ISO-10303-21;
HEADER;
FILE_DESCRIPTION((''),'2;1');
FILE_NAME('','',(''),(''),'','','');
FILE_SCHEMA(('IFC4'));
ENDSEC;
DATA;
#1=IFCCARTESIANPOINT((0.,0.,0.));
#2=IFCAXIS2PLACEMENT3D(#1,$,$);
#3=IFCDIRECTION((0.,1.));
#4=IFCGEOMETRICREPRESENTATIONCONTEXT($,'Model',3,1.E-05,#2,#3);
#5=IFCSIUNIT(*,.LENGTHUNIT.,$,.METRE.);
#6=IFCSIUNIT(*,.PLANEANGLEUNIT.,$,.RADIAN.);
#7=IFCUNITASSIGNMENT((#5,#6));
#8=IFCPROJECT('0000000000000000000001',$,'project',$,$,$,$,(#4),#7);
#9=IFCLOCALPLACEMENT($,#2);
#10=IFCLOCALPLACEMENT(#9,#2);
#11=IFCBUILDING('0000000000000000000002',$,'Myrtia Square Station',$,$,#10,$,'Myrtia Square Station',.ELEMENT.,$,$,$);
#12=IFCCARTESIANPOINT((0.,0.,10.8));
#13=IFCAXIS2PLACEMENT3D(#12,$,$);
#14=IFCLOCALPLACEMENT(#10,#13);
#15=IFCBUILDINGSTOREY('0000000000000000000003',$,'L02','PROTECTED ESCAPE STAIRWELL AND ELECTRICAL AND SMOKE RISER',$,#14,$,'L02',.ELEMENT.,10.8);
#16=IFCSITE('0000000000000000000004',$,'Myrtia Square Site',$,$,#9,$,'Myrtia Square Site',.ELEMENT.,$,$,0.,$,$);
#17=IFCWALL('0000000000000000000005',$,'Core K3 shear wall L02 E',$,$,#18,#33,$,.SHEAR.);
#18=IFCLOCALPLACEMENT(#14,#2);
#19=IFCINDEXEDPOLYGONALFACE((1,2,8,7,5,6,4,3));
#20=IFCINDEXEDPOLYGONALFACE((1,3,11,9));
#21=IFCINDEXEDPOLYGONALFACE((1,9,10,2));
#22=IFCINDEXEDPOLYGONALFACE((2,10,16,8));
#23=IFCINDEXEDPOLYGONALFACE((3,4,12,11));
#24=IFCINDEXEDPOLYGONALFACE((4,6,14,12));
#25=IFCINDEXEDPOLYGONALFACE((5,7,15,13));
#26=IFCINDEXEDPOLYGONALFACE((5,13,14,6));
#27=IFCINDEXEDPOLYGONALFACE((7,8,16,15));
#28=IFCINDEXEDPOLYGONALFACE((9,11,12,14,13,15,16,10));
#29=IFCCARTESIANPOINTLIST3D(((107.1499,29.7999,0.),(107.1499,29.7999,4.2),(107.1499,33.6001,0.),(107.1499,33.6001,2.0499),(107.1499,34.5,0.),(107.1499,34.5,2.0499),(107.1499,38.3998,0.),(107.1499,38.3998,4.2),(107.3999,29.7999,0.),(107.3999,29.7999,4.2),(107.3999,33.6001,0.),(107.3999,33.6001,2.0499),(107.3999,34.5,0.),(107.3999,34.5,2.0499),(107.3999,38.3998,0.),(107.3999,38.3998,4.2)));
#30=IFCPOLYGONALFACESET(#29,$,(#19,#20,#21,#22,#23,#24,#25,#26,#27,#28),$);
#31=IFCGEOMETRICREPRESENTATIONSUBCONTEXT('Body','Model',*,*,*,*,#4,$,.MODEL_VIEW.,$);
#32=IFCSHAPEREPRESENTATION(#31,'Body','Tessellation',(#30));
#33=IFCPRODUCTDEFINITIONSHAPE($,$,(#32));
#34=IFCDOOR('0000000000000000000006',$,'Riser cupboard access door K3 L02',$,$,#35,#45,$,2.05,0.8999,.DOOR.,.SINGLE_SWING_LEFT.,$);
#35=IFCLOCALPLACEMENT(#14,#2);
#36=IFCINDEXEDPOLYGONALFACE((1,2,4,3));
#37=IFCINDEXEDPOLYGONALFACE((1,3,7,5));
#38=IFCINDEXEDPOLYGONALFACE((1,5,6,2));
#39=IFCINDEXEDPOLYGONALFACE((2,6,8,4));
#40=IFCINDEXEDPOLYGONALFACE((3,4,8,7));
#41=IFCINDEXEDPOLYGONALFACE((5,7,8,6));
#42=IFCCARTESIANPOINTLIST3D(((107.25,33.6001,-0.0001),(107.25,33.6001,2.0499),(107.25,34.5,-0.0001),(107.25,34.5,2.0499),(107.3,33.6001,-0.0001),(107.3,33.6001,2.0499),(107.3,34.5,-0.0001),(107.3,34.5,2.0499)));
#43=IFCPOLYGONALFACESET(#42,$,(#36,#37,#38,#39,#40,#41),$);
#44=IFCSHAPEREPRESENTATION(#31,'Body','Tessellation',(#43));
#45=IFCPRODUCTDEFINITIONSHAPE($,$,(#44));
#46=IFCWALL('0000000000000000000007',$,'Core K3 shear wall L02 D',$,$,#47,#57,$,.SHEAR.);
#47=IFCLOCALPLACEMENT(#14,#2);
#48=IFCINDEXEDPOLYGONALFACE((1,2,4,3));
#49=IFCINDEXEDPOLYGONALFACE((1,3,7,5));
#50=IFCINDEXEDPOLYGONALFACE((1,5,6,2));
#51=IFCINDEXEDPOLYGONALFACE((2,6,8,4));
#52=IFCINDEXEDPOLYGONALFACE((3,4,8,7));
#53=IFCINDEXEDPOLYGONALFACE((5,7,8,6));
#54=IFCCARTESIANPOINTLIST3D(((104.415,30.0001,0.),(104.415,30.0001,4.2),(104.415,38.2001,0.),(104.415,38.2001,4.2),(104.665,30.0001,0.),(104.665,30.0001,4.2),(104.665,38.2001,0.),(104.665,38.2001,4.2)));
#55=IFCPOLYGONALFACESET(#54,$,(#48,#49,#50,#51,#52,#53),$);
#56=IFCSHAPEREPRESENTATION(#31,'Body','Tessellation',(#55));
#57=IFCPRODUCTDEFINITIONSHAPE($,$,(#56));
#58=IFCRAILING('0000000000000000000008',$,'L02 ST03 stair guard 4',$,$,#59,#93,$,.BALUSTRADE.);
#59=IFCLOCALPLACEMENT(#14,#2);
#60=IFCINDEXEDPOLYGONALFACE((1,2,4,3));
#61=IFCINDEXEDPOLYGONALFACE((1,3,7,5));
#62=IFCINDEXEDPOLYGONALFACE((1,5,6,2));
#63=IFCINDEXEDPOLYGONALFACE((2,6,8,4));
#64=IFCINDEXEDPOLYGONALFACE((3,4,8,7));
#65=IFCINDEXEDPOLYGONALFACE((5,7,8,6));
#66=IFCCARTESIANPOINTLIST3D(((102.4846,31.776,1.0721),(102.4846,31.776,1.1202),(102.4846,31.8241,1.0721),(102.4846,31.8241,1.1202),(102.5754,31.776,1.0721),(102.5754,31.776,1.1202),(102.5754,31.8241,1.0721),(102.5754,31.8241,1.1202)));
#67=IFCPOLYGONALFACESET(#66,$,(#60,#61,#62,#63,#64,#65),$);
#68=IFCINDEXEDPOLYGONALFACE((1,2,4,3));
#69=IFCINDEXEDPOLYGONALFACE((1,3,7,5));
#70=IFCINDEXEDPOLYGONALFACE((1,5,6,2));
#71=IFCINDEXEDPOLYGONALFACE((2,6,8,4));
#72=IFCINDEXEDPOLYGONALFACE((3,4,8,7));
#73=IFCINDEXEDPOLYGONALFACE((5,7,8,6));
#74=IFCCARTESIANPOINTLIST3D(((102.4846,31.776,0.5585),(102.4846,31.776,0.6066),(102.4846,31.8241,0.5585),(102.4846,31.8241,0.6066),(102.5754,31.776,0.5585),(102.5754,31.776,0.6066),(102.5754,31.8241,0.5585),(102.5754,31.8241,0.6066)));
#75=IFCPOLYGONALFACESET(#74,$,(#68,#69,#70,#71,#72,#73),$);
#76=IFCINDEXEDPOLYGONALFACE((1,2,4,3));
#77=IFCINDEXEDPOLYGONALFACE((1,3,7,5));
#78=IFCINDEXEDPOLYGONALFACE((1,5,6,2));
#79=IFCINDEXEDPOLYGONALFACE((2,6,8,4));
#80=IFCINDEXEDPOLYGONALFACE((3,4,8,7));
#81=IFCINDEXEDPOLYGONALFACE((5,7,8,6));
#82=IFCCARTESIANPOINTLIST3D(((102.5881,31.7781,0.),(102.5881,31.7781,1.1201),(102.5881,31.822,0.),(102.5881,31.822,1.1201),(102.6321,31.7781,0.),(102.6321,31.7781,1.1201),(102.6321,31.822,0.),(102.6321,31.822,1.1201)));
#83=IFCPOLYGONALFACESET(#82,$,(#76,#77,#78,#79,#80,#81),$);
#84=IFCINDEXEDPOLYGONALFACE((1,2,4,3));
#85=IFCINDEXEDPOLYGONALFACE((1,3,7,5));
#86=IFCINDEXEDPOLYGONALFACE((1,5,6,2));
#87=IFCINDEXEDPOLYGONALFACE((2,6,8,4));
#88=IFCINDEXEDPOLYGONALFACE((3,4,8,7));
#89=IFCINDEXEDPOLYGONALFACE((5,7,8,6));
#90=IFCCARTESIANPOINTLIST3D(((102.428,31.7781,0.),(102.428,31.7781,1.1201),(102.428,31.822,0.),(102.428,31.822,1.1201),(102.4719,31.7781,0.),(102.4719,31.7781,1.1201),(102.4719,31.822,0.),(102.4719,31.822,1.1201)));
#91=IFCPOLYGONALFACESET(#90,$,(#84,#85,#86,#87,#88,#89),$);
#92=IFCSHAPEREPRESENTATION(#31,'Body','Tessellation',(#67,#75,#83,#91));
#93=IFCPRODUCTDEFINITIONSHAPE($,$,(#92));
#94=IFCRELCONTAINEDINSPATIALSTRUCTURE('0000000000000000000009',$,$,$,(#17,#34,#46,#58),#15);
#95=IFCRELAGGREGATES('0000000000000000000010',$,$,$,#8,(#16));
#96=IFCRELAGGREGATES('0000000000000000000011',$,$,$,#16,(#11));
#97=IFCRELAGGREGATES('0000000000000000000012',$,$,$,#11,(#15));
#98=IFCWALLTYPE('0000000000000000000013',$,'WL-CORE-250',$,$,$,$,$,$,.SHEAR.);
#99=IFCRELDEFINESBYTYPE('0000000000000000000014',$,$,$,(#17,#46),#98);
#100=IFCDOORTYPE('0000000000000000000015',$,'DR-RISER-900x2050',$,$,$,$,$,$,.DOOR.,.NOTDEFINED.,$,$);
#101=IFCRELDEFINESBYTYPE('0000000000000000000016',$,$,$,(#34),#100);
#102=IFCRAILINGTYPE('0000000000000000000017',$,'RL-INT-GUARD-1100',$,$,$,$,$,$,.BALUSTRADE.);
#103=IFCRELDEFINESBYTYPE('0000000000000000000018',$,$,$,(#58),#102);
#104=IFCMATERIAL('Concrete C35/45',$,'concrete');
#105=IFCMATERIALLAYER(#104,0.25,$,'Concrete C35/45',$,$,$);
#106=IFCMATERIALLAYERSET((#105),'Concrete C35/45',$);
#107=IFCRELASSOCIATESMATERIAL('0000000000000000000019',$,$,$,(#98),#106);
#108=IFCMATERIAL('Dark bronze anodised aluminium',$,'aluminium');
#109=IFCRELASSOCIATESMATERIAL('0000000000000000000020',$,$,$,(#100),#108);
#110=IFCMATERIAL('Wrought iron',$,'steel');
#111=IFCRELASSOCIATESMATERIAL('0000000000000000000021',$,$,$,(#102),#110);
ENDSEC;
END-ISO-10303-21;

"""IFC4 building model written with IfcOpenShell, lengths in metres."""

from ifc_helpers import new_model, si_unit, direction, frame, frame_2d, origin, origin_2d, place, context, subcontext, project, spatial, rectangle, extrude, material, layer, layer_set, type_object, element, fill, save


model = new_model("IFC4")

# Units and contexts
model_context = context("Model", 3, precision=1e-05, world=origin(), true_north=direction((0.0, 1.0)))
body_context = subcontext(model_context, "Body", "Model", "MODEL_VIEW")
ifc_project = project(units=[si_unit("LENGTHUNIT", "METRE"), si_unit("PLANEANGLEUNIT", "RADIAN")], contexts=[model_context])

# Site, building, storey
site_placement = place(None, origin())
site = spatial("IfcSite", under=ifc_project, at=site_placement, Name="Myrtia Square Site", LongName="Myrtia Square Site", CompositionType="ELEMENT", RefElevation=0.0)
building_placement = place(site_placement, origin())
building = spatial("IfcBuilding", under=site, at=building_placement, Name="Myrtia Square Station", LongName="Myrtia Square Station", CompositionType="ELEMENT")
storey_placement = place(building_placement, frame((0.0, 0.0, 10.8)))
storey = spatial("IfcBuildingStorey", under=building, at=storey_placement, Name="L02", Description="PROTECTED ESCAPE STAIRWELL AND ELECTRICAL AND SMOKE RISER", LongName="L02", CompositionType="ELEMENT", Elevation=10.8)

# Shared definitions
ifc_material_1 = material(Name="Dark bronze anodised aluminium", Category="aluminium")

# Wall, opening, door
ifc_material_2 = material(Name="Concrete C35/45", Category="concrete")
ifc_layer_1 = layer(ifc_material_2, 0.25, Name="Concrete C35/45")
ifc_layer_set_1 = layer_set([ifc_layer_1], Name="Concrete C35/45")
wall_type = type_object("IfcWallType", Name="WL-CORE-250", PredefinedType="SHEAR", material=ifc_layer_set_1)
wall_1_placement = place(storey_placement, frame((107.2749, 29.8, 0.0), z_axis=(0.0, 0.0, 1.0), x_axis=(0.0, 1.0, 0.0)))
wall_1 = element("IfcWall", 1, at=wall_1_placement, inside=storey, type_object=wall_type, Name="Core K3 shear wall L02 E", PredefinedType="SHEAR", context=body_context, shape_type="SweptSolid", body=[
    extrude(rectangle(XDim=8.5999, YDim=0.25, at=frame_2d((4.2998, 0.0))), origin(), (0.0, 0.0, 1.0), 4.2),
])
opening_1_placement = place(wall_1_placement, frame((3.8, 0.0, 0.0)))
opening_1 = element("IfcOpeningElement", 2, at=opening_1_placement, cuts=wall_1, PredefinedType="OPENING", context=body_context, shape_type="SweptSolid", body=[
    extrude(rectangle(XDim=0.8999, YDim=2.05, at=frame_2d((0.45, 1.0249))), frame((0.0, 0.1399, 0.0), z_axis=(0.0, -1.0, 0.0), x_axis=(1.0, 0.0, 0.0)), (0.0, 0.0, 1.0), 0.28),
])
door_type_1 = type_object("IfcDoorType", Name="DR-RISER-900x2050", OperationType="NOTDEFINED", PredefinedType="DOOR", material=ifc_material_1)
door_1_placement = place(opening_1_placement, origin())
door_1 = element("IfcDoor", 3, at=door_1_placement, inside=storey, type_object=door_type_1, Name="Riser cupboard access door K3 L02", OperationType="SINGLE_SWING_LEFT", OverallHeight=2.05, OverallWidth=0.8999, PredefinedType="DOOR", context=body_context, shape_type="SweptSolid", body=[
    extrude(rectangle(XDim=0.8999, YDim=2.05, at=frame_2d((0.45, 1.0249))), frame((0.0, 0.0249, 0.0), z_axis=(0.0, -1.0, 0.0), x_axis=(1.0, 0.0, 0.0)), (0.0, 0.0, 1.0), 0.05),
])
fill(opening_1, door_1)

# Wall
wall_2_placement = place(storey_placement, frame((104.54, 30.0, 0.0), z_axis=(0.0, 0.0, 1.0), x_axis=(0.0, 1.0, 0.0)))
element("IfcWall", 4, at=wall_2_placement, inside=storey, type_object=wall_type, Name="Core K3 shear wall L02 D", PredefinedType="SHEAR", context=body_context, shape_type="SweptSolid", body=[
    extrude(rectangle(XDim=8.2, YDim=0.25, at=frame_2d((4.1001, 0.0))), origin(), (0.0, 0.0, 1.0), 4.2),
])

# Railing
ifc_material_3 = material(Name="Wrought iron", Category="steel")
railing_type = type_object("IfcRailingType", Name="RL-INT-GUARD-1100", PredefinedType="BALUSTRADE", material=ifc_material_3)
railing_placement = place(storey_placement, frame((102.6101, 31.8, 0.0)))
element("IfcRailing", 5, at=railing_placement, inside=storey, type_object=railing_type, Name="L02 ST03 stair guard 4", PredefinedType="BALUSTRADE", context=body_context, shape_type="SweptSolid", body=[
    extrude(rectangle(XDim=0.0481, YDim=0.0481, at=origin_2d()), frame((-0.0347, 0.0, 1.0962), z_axis=(-1.0, 0.0, 0.0), x_axis=(0.0, -1.0, 0.0)), (0.0, 0.0, 1.0), 0.0908),
    extrude(rectangle(XDim=0.0481, YDim=0.0481, at=origin_2d()), frame((-0.0347, 0.0, 0.5825), z_axis=(-1.0, 0.0, 0.0), x_axis=(0.0, -1.0, 0.0)), (0.0, 0.0, 1.0), 0.0908),
    extrude(rectangle(XDim=0.0439, YDim=0.0439, at=origin_2d()), origin(), (0.0, 0.0, 1.0), 1.1201),
    extrude(rectangle(XDim=0.0439, YDim=0.0439, at=origin_2d()), frame((-0.1602, 0.0, 0.0)), (0.0, 0.0, 1.0), 1.1201),
])

save(model, "model.ifc")
